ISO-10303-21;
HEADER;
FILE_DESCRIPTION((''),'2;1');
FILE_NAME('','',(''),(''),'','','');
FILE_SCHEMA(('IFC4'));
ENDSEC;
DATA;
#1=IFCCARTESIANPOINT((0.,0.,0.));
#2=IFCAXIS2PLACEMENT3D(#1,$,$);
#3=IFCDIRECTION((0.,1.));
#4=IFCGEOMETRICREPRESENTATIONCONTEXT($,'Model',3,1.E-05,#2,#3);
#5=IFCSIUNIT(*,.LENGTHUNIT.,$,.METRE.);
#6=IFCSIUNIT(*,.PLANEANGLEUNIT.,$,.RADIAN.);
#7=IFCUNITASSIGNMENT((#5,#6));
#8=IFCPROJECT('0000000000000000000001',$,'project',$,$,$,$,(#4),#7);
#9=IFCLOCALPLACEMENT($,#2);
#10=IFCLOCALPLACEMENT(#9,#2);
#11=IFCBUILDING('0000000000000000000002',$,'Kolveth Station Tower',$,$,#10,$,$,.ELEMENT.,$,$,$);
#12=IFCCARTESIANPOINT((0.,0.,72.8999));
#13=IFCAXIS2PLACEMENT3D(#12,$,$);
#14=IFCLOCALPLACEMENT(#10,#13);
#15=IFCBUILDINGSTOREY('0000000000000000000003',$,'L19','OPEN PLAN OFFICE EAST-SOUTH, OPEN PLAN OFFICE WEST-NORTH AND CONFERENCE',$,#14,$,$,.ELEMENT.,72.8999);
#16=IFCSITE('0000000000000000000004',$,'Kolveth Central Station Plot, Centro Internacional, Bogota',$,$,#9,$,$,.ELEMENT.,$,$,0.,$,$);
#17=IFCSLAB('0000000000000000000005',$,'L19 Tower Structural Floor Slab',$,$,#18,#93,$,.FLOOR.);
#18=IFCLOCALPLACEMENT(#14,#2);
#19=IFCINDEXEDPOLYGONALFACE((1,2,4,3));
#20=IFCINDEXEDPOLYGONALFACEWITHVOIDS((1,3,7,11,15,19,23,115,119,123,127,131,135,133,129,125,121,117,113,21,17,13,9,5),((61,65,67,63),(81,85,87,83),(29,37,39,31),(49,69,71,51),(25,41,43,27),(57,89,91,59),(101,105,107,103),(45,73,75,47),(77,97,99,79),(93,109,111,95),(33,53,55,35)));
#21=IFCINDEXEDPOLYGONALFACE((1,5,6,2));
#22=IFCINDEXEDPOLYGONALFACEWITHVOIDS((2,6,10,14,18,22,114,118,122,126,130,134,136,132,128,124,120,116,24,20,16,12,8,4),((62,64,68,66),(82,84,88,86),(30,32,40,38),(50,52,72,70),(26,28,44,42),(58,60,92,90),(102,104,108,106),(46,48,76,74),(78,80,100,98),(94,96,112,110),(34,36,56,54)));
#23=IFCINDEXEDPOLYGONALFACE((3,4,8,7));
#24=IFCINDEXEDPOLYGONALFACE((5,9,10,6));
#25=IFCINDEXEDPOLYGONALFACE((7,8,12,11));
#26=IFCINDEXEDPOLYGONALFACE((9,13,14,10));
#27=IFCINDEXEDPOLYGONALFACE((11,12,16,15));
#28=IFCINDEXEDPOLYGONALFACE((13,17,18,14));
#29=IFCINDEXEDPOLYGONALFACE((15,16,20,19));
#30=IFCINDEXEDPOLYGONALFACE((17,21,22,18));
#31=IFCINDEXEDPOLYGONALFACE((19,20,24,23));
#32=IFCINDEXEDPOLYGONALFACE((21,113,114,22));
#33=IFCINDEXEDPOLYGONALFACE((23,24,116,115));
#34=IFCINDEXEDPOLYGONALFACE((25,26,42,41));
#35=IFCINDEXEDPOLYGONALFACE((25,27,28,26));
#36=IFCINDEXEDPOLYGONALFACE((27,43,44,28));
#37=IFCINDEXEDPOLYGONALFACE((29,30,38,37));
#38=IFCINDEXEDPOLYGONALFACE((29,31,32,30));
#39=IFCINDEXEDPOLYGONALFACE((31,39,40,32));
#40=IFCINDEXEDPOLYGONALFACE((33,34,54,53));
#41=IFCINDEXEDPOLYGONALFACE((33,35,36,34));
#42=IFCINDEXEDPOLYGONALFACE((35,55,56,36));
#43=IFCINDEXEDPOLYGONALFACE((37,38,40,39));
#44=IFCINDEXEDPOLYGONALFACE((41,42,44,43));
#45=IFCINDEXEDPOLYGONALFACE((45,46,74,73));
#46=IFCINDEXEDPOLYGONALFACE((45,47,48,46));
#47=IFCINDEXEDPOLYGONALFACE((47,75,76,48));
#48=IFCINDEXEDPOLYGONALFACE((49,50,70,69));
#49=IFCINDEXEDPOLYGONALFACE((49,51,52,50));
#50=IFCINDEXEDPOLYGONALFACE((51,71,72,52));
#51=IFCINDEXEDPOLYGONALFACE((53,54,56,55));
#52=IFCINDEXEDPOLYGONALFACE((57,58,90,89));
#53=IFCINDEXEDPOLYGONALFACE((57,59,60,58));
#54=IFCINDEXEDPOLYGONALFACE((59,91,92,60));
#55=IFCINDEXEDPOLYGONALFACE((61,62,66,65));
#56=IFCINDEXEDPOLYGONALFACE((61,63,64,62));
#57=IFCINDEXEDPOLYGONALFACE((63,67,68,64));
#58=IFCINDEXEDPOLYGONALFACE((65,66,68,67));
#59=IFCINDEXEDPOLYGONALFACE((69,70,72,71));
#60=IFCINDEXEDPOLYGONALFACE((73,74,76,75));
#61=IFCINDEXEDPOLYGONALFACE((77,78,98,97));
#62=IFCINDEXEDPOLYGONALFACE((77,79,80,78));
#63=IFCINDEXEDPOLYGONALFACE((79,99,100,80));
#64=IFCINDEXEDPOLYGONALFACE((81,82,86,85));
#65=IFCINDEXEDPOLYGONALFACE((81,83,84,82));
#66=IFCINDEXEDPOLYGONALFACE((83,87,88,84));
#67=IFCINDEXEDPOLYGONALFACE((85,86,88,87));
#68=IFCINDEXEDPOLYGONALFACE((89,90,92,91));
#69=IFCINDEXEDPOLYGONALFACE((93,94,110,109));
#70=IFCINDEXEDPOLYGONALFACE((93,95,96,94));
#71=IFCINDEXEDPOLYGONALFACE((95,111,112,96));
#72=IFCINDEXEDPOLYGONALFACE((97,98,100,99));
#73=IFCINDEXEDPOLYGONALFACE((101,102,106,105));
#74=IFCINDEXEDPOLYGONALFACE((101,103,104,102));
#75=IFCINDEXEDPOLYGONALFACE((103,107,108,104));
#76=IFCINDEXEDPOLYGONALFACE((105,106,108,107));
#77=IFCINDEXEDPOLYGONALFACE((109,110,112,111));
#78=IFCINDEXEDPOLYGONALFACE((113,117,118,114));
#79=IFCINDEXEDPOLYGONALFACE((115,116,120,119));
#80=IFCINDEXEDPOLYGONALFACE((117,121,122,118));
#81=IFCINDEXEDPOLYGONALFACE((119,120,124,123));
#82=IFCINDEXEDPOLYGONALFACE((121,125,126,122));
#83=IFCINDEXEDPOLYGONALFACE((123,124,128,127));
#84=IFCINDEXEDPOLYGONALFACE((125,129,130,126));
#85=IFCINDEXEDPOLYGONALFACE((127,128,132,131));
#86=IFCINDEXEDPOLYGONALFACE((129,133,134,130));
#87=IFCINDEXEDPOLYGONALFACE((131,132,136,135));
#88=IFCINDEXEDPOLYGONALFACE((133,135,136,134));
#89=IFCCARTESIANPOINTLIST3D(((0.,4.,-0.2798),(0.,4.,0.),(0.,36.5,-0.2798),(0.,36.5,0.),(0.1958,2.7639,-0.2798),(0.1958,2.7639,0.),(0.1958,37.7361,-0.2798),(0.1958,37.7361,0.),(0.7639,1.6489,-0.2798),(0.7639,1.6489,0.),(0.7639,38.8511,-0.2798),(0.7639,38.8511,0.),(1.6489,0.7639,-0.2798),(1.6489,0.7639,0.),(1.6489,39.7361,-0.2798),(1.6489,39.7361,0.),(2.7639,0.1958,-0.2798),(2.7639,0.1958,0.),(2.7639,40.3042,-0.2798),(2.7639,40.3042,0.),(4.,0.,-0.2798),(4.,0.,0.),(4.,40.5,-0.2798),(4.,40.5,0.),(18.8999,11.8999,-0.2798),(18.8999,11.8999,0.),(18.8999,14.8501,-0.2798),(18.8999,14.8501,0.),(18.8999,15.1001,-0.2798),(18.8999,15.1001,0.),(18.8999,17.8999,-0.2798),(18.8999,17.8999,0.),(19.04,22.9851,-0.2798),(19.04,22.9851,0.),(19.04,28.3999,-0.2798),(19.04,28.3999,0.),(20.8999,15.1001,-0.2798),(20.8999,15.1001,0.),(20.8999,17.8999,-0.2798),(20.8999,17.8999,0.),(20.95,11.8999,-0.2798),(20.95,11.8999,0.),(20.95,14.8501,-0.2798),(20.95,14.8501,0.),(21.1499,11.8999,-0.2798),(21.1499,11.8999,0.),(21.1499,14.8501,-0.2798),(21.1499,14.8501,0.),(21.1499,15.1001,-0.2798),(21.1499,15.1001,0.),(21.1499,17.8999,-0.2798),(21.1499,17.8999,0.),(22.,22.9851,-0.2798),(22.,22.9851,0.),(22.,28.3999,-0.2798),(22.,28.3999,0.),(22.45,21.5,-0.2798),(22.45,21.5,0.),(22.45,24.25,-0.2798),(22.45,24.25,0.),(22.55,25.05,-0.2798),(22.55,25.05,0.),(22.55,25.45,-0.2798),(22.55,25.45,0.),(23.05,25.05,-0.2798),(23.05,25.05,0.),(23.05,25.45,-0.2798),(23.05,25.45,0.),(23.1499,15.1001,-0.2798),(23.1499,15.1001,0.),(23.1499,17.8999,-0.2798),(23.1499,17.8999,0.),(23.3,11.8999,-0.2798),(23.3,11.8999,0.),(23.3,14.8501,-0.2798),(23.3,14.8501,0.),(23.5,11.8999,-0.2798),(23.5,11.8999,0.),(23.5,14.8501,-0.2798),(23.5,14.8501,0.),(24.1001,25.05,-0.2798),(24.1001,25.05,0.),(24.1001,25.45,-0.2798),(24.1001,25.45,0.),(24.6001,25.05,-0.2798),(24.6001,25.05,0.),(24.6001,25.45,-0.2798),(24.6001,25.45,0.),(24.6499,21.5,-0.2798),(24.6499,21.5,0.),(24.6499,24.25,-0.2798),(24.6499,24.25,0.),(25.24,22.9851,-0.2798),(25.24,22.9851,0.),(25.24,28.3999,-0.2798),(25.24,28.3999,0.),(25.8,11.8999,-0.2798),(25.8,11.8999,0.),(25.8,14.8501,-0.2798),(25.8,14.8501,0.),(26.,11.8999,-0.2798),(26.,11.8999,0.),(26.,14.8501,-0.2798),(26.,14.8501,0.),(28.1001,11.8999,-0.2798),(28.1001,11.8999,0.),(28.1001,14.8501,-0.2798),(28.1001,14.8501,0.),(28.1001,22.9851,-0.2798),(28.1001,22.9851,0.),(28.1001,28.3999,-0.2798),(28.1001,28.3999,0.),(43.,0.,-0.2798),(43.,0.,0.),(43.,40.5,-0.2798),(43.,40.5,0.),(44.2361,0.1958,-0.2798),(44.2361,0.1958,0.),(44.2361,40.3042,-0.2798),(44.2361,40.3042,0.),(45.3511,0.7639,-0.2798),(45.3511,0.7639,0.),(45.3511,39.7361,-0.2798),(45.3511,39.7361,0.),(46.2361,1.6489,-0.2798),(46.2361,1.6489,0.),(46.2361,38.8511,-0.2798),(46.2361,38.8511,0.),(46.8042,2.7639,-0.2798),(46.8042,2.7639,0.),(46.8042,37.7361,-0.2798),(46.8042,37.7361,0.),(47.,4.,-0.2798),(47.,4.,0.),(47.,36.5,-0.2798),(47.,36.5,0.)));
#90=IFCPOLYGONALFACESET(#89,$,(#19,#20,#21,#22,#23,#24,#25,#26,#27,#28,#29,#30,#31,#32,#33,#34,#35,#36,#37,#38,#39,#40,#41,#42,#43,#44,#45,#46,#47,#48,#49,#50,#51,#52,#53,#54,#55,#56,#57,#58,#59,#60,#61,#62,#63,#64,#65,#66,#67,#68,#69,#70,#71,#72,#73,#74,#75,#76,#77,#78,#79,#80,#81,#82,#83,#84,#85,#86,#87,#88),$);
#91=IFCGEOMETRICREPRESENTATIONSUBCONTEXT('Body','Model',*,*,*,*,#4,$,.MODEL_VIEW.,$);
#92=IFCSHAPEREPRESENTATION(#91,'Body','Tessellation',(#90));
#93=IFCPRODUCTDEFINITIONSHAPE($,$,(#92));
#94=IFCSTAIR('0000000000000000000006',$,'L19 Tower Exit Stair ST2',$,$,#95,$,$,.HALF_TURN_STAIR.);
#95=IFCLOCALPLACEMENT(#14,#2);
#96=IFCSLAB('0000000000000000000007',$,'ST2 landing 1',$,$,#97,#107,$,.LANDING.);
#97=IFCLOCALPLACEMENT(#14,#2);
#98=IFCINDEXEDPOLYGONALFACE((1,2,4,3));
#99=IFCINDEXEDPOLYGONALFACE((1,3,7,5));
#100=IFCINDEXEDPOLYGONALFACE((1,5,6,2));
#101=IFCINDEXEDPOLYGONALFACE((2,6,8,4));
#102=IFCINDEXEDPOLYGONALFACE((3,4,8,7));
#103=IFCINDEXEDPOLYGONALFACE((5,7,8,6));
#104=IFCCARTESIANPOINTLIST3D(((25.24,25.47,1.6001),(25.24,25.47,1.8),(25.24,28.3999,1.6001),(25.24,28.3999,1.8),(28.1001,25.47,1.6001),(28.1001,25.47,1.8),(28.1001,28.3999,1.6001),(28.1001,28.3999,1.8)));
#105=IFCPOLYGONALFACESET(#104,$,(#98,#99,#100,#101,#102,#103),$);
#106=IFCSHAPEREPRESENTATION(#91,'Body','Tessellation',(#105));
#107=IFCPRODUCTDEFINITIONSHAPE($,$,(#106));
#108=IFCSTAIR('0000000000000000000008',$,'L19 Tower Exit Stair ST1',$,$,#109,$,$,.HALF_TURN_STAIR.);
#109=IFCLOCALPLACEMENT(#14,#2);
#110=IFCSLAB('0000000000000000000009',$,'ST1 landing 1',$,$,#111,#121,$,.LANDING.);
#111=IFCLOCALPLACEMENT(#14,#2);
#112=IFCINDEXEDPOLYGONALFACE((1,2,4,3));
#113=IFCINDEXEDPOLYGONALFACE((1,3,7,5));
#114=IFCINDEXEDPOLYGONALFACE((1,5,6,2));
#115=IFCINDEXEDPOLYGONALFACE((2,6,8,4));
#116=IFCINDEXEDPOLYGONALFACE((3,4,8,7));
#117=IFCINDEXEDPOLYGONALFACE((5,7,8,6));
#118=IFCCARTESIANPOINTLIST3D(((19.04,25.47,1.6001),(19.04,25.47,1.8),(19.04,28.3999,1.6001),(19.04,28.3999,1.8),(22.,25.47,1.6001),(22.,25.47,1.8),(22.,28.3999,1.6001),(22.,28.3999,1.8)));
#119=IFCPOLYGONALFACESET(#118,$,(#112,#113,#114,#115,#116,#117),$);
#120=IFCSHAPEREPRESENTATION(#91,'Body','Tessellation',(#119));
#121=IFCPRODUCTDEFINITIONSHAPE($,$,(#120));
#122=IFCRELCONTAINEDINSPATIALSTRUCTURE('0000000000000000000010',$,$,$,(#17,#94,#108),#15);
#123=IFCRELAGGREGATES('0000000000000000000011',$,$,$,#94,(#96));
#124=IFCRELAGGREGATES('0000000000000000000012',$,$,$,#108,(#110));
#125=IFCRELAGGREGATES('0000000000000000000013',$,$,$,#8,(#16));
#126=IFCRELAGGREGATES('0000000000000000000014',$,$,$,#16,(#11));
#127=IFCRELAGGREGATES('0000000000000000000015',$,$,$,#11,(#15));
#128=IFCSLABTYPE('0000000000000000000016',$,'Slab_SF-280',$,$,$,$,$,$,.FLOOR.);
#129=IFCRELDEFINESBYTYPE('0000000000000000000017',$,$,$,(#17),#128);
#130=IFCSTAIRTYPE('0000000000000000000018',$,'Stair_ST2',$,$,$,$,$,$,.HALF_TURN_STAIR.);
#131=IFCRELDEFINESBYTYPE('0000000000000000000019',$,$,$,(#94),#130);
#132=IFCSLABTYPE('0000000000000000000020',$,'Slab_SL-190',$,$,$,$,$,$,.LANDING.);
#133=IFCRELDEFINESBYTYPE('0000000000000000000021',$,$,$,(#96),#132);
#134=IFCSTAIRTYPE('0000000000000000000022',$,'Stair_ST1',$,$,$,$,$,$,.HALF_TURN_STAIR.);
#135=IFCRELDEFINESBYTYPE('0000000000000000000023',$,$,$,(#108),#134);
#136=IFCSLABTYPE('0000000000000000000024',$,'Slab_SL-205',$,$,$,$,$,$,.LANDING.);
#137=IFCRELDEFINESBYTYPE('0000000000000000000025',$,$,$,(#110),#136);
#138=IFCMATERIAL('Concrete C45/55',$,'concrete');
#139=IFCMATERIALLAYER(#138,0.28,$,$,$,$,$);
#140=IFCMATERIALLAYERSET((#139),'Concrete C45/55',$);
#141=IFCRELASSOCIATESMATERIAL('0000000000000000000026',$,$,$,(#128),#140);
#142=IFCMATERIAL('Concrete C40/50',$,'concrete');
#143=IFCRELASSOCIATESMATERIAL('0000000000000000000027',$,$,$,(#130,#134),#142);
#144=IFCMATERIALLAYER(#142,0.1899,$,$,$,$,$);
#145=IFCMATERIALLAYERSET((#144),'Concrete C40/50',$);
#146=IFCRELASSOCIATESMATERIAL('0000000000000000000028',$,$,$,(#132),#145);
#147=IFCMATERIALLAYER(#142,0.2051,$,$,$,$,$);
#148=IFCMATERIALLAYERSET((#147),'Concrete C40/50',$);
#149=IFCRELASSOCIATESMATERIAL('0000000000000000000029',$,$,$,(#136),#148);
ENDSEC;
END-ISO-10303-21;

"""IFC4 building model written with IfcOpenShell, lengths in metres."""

from ifc_helpers import new_model, si_unit, direction, frame, origin, place, context, subcontext, project, spatial, polyline, outline, extrude, material, layer, layer_set, type_object, element, aggregate, save


model = new_model("IFC4")

# Units and contexts
model_context = context("Model", 3, precision=1e-05, world=origin(), true_north=direction((0.0, 1.0)))
body_context = subcontext(model_context, "Body", "Model", "MODEL_VIEW")
ifc_project = project(units=[si_unit("LENGTHUNIT", "METRE"), si_unit("PLANEANGLEUNIT", "RADIAN")], contexts=[model_context])

# Site, building, storey
site_placement = place(None, origin())
site = spatial("IfcSite", under=ifc_project, at=site_placement, Name="Kolveth Central Station Plot, Centro Internacional, Bogota", CompositionType="ELEMENT", RefElevation=0.0)
building_placement = place(site_placement, origin())
building = spatial("IfcBuilding", under=site, at=building_placement, Name="Kolveth Station Tower", CompositionType="ELEMENT")
storey_placement = place(building_placement, frame((0.0, 0.0, 72.8999)))
storey = spatial("IfcBuildingStorey", under=building, at=storey_placement, Name="L19", Description="OPEN PLAN OFFICE EAST-SOUTH, OPEN PLAN OFFICE WEST-NORTH AND CONFERENCE", CompositionType="ELEMENT", Elevation=72.8999)

# Slab
ifc_material_1 = material(Name="Concrete C45/55", Category="concrete")
ifc_layer_1 = layer(ifc_material_1, 0.28)
ifc_layer_set_1 = layer_set([ifc_layer_1], Name="Concrete C45/55")
slab_type_1 = type_object("IfcSlabType", Name="Slab_SF-280", PredefinedType="FLOOR", material=ifc_layer_set_1)
slab_1_placement = place(storey_placement, frame((0.0, 0.0, -0.2798)))
element("IfcSlab", 1, at=slab_1_placement, inside=storey, type_object=slab_type_1, Name="L19 Tower Structural Floor Slab", PredefinedType="FLOOR", context=body_context, shape_type="SweptSolid", body=[
    extrude(outline(polyline([(43.0, 0.0), (44.2361, 0.1958), (45.3511, 0.7639), (46.2361, 1.6489), (46.8042, 2.7639), (47.0, 4.0), (47.0, 36.5), (46.8042, 37.7361), (46.2361, 38.8511), (45.3511, 39.7361), (44.2361, 40.3042), (43.0, 40.5), (4.0, 40.5), (2.7639, 40.3042), (1.6489, 39.7361), (0.7639, 38.8511), (0.1958, 37.7361), (0.0, 36.5), (0.0, 4.0), (0.1958, 2.7639), (0.7639, 1.6489), (1.6489, 0.7639), (2.7639, 0.1958), (4.0, 0.0), (43.0, 0.0)]), holes=[polyline([(19.04, 22.9851), (22.0, 22.9851), (22.0, 28.3999), (19.04, 28.3999), (19.04, 22.9851)]), polyline([(25.24, 22.9851), (28.1001, 22.9851), (28.1001, 28.3999), (25.24, 28.3999), (25.24, 22.9851)]), polyline([(18.8999, 15.1001), (20.8999, 15.1001), (20.8999, 17.8999), (18.8999, 17.8999), (18.8999, 15.1001)]), polyline([(21.1499, 15.1001), (23.1499, 15.1001), (23.1499, 17.8999), (21.1499, 17.8999), (21.1499, 15.1001)]), polyline([(22.45, 21.5), (24.6499, 21.5), (24.6499, 24.25), (22.45, 24.25), (22.45, 21.5)]), polyline([(18.8999, 11.8999), (20.95, 11.8999), (20.95, 14.8501), (18.8999, 14.8501), (18.8999, 11.8999)]), polyline([(21.1499, 11.8999), (23.3, 11.8999), (23.3, 14.8501), (21.1499, 14.8501), (21.1499, 11.8999)]), polyline([(23.5, 11.8999), (25.8, 11.8999), (25.8, 14.8501), (23.5, 14.8501), (23.5, 11.8999)]), polyline([(26.0, 11.8999), (28.1001, 11.8999), (28.1001, 14.8501), (26.0, 14.8501), (26.0, 11.8999)]), polyline([(22.55, 25.05), (23.05, 25.05), (23.05, 25.45), (22.55, 25.45), (22.55, 25.05)]), polyline([(24.1001, 25.05), (24.6001, 25.05), (24.6001, 25.45), (24.1001, 25.45), (24.1001, 25.05)])]), origin(), (0.0, 0.0, 1.0), 0.2798),
])

# Stairs, slabs
ifc_material_2 = material(Name="Concrete C40/50", Category="concrete")
stair_type_1 = type_object("IfcStairType", Name="Stair_ST2", PredefinedType="HALF_TURN_STAIR", material=ifc_material_2)
stair_1_placement = place(storey_placement, origin())
stair_1 = element("IfcStair", 2, at=stair_1_placement, inside=storey, type_object=stair_type_1, Name="L19 Tower Exit Stair ST2", PredefinedType="HALF_TURN_STAIR")
ifc_layer_2 = layer(ifc_material_2, 0.1899)
ifc_layer_set_2 = layer_set([ifc_layer_2], Name="Concrete C40/50")
slab_type_2 = type_object("IfcSlabType", Name="Slab_SL-190", PredefinedType="LANDING", material=ifc_layer_set_2)
slab_2_placement = place(storey_placement, frame((0.0, 0.0, 1.6001)))
slab_2 = element("IfcSlab", 3, at=slab_2_placement, type_object=slab_type_2, Name="ST2 landing 1", PredefinedType="LANDING", context=body_context, shape_type="SweptSolid", body=[
    extrude(outline(polyline([(28.1001, 25.47), (28.1001, 28.3999), (25.24, 28.3999), (25.24, 25.47), (28.1001, 25.47)])), origin(), (0.0, 0.0, 1.0), 0.2),
])
aggregate(stair_1, [slab_2])
stair_type_2 = type_object("IfcStairType", Name="Stair_ST1", PredefinedType="HALF_TURN_STAIR", material=ifc_material_2)
stair_2_placement = place(storey_placement, origin())
stair_2 = element("IfcStair", 4, at=stair_2_placement, inside=storey, type_object=stair_type_2, Name="L19 Tower Exit Stair ST1", PredefinedType="HALF_TURN_STAIR")
ifc_layer_3 = layer(ifc_material_2, 0.2051)
ifc_layer_set_3 = layer_set([ifc_layer_3], Name="Concrete C40/50")
slab_type_3 = type_object("IfcSlabType", Name="Slab_SL-205", PredefinedType="LANDING", material=ifc_layer_set_3)
slab_3_placement = place(storey_placement, frame((0.0, 0.0, 1.6001)))
slab_3 = element("IfcSlab", 5, at=slab_3_placement, type_object=slab_type_3, Name="ST1 landing 1", PredefinedType="LANDING", context=body_context, shape_type="SweptSolid", body=[
    extrude(outline(polyline([(22.0, 25.47), (22.0, 28.3999), (19.04, 28.3999), (19.04, 25.47), (22.0, 25.47)])), origin(), (0.0, 0.0, 1.0), 0.2),
])
aggregate(stair_2, [slab_3])

save(model, "model.ifc")
